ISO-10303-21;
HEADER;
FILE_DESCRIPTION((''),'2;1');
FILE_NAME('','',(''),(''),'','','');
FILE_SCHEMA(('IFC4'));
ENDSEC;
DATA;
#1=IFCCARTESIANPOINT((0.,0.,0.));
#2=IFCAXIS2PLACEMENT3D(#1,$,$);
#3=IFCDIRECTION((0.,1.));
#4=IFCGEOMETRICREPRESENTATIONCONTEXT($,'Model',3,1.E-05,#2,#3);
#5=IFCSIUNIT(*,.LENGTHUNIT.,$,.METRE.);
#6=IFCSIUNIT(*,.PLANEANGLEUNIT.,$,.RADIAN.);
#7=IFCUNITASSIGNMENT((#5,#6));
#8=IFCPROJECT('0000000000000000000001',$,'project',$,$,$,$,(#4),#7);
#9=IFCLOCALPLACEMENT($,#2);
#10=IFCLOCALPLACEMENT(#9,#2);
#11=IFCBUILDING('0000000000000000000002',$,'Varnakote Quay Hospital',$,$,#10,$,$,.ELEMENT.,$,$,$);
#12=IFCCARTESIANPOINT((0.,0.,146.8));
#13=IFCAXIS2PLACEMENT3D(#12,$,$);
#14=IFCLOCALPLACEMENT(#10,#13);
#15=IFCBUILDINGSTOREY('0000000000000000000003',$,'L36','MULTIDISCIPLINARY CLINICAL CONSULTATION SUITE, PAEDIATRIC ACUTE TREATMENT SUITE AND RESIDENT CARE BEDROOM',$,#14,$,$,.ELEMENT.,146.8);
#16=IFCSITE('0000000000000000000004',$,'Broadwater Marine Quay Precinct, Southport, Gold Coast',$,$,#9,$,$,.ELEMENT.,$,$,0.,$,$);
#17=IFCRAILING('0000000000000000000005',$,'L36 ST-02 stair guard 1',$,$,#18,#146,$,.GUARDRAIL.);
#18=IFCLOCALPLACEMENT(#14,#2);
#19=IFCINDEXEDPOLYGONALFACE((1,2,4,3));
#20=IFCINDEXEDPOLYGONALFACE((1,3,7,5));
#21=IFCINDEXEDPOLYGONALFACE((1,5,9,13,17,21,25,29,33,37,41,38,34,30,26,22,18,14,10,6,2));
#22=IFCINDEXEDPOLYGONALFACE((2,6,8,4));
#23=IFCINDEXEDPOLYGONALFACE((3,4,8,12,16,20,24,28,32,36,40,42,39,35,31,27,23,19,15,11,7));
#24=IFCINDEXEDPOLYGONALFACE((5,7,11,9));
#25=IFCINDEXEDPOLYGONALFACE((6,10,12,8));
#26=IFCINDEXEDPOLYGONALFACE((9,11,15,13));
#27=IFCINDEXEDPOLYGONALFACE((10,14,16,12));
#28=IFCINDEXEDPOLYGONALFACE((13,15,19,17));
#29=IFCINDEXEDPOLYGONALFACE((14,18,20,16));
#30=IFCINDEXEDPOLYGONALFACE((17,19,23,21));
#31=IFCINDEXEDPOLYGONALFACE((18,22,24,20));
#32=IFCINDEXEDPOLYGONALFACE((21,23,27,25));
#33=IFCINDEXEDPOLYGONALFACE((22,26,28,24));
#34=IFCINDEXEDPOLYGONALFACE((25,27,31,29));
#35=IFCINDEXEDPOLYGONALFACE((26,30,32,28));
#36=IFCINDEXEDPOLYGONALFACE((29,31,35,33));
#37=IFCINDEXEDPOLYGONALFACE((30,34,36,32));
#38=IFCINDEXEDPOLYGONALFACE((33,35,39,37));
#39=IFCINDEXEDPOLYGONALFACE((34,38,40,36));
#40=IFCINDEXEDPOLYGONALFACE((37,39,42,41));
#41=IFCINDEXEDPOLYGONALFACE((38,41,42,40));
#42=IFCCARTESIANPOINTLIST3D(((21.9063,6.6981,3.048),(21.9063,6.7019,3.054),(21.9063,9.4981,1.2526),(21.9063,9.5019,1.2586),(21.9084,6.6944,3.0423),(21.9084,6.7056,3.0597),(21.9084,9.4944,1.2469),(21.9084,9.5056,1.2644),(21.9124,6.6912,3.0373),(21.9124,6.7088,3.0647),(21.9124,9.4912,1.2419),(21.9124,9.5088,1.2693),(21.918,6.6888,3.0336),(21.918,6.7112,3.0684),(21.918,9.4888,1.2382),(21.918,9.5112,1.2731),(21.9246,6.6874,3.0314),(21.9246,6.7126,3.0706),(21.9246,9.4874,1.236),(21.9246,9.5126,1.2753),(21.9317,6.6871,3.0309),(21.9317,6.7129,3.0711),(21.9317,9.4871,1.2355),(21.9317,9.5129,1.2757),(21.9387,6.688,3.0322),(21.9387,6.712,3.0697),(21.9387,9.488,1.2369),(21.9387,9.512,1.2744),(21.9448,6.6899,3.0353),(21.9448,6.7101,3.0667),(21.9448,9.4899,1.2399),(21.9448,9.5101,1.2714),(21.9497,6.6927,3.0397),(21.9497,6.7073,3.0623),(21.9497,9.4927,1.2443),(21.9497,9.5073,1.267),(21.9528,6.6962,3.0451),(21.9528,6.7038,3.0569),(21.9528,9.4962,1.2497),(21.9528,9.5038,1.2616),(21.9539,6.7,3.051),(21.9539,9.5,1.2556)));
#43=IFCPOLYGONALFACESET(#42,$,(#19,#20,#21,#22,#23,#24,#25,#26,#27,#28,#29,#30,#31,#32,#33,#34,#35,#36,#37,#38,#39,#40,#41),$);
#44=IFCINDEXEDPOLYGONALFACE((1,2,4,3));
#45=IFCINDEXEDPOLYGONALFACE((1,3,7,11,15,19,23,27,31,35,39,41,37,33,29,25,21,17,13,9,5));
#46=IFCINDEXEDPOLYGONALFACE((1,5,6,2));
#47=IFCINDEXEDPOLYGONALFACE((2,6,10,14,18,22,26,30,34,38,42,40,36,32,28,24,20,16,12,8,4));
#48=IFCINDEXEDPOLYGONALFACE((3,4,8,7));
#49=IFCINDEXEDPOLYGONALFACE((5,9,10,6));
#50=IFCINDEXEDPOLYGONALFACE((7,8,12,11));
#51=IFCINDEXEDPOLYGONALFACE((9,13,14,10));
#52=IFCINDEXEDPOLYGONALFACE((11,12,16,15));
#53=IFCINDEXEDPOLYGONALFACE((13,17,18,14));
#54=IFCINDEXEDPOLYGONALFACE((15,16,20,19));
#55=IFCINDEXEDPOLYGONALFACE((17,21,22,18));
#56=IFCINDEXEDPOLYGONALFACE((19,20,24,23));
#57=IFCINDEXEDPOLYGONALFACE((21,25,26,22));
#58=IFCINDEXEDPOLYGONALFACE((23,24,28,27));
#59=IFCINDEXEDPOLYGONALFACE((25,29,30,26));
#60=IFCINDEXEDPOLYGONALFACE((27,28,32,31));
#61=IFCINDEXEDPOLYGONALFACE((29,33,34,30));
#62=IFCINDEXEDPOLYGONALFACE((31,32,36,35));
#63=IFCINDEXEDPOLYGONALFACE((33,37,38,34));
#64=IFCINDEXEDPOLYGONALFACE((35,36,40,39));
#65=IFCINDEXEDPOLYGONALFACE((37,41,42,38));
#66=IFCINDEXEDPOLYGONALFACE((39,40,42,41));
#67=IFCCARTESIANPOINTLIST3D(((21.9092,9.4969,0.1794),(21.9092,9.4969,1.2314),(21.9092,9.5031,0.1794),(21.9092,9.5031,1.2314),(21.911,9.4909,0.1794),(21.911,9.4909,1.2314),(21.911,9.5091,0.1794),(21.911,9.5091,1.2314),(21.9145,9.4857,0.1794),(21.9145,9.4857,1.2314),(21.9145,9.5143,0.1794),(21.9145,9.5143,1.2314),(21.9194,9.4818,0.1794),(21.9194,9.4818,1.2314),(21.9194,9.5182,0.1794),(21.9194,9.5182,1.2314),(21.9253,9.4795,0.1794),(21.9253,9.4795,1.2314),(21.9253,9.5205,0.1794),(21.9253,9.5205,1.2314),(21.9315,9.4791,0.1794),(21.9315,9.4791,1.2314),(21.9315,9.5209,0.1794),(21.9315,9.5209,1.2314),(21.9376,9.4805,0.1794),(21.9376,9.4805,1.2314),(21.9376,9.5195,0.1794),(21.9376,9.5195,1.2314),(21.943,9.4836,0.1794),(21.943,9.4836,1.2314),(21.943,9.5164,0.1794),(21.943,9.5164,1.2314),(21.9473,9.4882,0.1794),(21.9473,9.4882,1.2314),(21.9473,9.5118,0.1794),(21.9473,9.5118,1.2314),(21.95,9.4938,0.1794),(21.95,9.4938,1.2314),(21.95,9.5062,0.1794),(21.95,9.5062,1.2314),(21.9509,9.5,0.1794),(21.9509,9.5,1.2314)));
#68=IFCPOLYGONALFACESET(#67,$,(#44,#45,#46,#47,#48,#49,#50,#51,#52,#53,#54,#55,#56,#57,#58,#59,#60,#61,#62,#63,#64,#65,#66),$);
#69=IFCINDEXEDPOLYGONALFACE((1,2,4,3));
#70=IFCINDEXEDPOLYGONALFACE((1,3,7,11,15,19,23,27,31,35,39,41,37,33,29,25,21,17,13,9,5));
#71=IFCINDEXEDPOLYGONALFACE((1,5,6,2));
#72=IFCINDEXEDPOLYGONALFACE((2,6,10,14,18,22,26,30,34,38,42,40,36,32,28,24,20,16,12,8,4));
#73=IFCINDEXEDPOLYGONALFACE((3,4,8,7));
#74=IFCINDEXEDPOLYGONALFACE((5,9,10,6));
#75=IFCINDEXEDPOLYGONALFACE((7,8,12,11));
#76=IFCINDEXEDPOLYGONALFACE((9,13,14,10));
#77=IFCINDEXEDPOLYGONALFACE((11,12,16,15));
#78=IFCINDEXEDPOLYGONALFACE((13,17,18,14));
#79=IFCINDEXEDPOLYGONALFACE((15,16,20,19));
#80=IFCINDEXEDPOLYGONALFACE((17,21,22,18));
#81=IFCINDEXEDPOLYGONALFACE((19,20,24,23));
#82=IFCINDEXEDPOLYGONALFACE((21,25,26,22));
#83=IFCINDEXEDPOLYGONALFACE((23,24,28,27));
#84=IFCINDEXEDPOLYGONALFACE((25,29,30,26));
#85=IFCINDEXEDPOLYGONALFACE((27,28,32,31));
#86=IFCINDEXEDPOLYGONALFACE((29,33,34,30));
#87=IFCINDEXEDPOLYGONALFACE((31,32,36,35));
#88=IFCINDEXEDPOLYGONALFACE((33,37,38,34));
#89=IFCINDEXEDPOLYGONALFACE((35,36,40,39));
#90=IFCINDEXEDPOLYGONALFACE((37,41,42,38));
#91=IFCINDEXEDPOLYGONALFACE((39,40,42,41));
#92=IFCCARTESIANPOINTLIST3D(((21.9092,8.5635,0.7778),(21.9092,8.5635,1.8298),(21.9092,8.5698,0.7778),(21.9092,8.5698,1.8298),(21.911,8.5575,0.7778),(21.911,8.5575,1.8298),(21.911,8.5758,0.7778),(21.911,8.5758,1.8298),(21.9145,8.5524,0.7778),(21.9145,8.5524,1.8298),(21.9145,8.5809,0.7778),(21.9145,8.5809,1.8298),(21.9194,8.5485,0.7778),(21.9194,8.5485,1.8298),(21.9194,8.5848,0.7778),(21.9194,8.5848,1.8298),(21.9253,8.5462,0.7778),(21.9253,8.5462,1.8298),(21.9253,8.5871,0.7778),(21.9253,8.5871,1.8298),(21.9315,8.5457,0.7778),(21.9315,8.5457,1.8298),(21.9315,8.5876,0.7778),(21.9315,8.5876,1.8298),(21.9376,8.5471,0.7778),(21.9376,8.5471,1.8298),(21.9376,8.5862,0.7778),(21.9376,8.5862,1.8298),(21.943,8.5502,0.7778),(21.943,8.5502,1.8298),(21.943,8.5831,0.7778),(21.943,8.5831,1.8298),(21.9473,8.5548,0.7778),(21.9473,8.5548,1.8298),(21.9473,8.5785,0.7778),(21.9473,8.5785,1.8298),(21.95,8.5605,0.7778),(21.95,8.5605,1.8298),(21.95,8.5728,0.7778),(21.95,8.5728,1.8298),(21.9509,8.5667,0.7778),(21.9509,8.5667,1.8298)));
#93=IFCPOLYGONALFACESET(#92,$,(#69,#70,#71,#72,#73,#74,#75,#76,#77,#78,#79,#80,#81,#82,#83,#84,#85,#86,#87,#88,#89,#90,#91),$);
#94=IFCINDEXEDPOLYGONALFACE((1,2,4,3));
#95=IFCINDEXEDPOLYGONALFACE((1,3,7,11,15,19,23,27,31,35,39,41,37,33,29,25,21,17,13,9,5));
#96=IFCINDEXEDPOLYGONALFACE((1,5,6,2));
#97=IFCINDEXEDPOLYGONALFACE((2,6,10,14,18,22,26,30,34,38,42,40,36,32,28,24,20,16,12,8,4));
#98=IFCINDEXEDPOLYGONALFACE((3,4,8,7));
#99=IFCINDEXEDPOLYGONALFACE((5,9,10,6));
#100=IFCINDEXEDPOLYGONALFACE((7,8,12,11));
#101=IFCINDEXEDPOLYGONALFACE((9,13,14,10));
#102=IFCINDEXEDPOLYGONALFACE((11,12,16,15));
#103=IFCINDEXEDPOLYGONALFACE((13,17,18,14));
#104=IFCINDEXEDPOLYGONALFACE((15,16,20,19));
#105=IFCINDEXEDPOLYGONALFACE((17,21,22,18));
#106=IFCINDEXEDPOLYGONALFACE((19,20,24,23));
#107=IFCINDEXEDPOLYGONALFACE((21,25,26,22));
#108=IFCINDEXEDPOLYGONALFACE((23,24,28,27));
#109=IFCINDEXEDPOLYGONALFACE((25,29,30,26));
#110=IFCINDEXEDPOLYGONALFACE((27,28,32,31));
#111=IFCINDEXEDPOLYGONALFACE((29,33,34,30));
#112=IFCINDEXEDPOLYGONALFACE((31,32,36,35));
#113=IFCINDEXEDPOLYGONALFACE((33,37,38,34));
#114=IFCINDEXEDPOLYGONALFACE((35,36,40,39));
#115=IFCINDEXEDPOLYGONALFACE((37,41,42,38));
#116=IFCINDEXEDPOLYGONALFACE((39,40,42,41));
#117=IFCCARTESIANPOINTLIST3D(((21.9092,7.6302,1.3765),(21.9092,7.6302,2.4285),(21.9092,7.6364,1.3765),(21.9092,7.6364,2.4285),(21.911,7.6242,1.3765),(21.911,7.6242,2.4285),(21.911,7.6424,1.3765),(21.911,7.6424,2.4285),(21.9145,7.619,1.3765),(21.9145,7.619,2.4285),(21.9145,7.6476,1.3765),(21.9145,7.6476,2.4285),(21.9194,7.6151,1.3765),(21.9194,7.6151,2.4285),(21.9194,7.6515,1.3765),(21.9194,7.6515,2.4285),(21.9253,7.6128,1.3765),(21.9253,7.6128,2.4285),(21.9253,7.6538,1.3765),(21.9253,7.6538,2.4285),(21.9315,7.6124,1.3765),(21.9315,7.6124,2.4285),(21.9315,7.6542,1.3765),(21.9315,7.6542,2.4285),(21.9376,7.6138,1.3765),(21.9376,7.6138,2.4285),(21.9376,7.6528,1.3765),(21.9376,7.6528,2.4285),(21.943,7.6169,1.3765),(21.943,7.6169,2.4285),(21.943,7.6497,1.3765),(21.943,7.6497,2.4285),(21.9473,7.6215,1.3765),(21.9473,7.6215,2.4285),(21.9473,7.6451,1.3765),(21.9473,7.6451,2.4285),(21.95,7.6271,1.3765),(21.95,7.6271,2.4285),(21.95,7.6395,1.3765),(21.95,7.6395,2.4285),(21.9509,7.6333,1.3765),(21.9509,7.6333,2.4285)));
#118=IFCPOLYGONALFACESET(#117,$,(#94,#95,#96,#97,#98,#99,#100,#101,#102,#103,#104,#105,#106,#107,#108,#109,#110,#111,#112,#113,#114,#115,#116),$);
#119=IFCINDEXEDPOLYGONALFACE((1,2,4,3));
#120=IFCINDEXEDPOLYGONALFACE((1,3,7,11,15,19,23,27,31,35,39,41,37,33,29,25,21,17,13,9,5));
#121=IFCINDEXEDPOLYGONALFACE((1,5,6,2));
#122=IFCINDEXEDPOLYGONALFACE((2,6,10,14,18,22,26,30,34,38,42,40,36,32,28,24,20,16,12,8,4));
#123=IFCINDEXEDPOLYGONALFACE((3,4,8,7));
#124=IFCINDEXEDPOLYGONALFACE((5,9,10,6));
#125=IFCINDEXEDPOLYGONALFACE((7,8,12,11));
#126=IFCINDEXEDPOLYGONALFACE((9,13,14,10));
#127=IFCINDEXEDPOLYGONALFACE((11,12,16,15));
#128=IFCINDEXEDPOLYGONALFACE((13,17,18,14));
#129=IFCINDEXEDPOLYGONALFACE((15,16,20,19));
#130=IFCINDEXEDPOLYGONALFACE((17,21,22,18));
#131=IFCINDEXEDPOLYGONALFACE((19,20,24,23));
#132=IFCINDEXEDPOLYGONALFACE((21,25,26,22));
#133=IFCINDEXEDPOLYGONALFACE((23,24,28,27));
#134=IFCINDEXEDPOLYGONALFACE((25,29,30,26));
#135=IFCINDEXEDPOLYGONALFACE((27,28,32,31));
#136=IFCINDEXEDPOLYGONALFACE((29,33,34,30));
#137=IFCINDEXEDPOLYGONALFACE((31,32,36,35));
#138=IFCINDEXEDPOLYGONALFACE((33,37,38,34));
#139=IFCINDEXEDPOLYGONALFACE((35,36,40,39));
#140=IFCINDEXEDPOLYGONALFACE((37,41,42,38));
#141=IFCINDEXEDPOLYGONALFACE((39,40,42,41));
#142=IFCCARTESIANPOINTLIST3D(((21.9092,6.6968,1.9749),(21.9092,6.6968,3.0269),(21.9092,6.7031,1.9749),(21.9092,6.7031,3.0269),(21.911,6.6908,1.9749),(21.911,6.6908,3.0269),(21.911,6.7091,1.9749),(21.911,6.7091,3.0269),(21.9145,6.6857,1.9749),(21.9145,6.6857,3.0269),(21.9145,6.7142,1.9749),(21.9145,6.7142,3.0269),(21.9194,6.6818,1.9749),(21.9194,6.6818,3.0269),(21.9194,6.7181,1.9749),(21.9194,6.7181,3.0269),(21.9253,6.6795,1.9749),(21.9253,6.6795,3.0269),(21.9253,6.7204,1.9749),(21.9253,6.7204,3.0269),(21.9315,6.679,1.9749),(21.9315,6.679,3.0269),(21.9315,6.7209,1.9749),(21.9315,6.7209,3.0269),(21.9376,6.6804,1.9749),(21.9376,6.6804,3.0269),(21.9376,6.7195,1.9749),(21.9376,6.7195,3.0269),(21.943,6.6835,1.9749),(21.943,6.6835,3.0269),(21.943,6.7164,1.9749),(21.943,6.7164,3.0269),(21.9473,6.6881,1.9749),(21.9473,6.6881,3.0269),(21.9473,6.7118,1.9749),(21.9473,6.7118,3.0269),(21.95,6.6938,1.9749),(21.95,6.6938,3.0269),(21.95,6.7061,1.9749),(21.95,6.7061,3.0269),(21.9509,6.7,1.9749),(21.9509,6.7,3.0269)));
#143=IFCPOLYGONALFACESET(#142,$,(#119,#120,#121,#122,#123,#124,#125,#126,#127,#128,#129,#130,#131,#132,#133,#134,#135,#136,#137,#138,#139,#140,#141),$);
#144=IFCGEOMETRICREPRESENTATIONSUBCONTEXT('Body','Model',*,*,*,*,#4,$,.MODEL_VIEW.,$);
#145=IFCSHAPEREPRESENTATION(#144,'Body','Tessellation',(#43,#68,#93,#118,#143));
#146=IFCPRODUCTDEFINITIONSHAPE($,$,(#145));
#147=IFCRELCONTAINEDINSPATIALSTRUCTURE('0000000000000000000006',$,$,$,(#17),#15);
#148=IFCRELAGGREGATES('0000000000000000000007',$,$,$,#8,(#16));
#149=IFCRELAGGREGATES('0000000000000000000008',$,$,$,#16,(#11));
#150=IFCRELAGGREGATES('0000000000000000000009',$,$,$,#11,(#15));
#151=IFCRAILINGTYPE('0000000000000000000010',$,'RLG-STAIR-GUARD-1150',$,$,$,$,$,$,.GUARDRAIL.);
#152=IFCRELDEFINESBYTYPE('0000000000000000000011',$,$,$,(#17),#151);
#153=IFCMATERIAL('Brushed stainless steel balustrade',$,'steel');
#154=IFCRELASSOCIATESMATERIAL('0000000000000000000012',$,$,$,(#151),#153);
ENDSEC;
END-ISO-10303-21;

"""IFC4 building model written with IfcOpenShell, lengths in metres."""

from ifc_helpers import new_model, si_unit, direction, frame, origin, origin_2d, place, context, subcontext, project, spatial, circle, extrude, material, type_object, element, save


model = new_model("IFC4")

# Units and contexts
model_context = context("Model", 3, precision=1e-05, world=origin(), true_north=direction((0.0, 1.0)))
body_context = subcontext(model_context, "Body", "Model", "MODEL_VIEW")
ifc_project = project(units=[si_unit("LENGTHUNIT", "METRE"), si_unit("PLANEANGLEUNIT", "RADIAN")], contexts=[model_context])

# Site, building, storey
site_placement = place(None, origin())
site = spatial("IfcSite", under=ifc_project, at=site_placement, Name="Broadwater Marine Quay Precinct, Southport, Gold Coast", CompositionType="ELEMENT", RefElevation=0.0)
building_placement = place(site_placement, origin())
building = spatial("IfcBuilding", under=site, at=building_placement, Name="Varnakote Quay Hospital", CompositionType="ELEMENT")
storey_placement = place(building_placement, frame((0.0, 0.0, 146.8)))
storey = spatial("IfcBuildingStorey", under=building, at=storey_placement, Name="L36", Description="MULTIDISCIPLINARY CLINICAL CONSULTATION SUITE, PAEDIATRIC ACUTE TREATMENT SUITE AND RESIDENT CARE BEDROOM", CompositionType="ELEMENT", Elevation=146.8)

# Railing
ifc_material_1 = material(Name="Brushed stainless steel balustrade", Category="steel")
railing_type_1 = type_object("IfcRailingType", Name="RLG-STAIR-GUARD-1150", PredefinedType="GUARDRAIL", material=ifc_material_1)
railing_1_placement = place(storey_placement, frame((21.9299, 9.5, 0.1794)))
element("IfcRailing", 1, at=railing_1_placement, inside=storey, type_object=railing_type_1, Name="L36 ST-02 stair guard 1", PredefinedType="GUARDRAIL", context=body_context, shape_type="SweptSolid", body=[
    extrude(circle(Radius=0.0239, at=origin_2d()), frame((0.0, 0.0, 1.0762), z_axis=(0.0, -0.84181, 0.539774), x_axis=(1.0, 0.0, 0.0)), (0.0, 0.0, 1.0), 3.3262),
    extrude(circle(Radius=0.021, at=origin_2d()), origin(), (0.0, 0.0, 1.0), 1.052),
    extrude(circle(Radius=0.021, at=origin_2d()), frame((0.0, -0.9333, 0.5984)), (0.0, 0.0, 1.0), 1.052),
    extrude(circle(Radius=0.021, at=origin_2d()), frame((0.0, -1.8667, 1.197)), (0.0, 0.0, 1.0), 1.052),
    extrude(circle(Radius=0.021, at=origin_2d()), frame((0.0, -2.8, 1.7954)), (0.0, 0.0, 1.0), 1.052),
])

save(model, "model.ifc")
